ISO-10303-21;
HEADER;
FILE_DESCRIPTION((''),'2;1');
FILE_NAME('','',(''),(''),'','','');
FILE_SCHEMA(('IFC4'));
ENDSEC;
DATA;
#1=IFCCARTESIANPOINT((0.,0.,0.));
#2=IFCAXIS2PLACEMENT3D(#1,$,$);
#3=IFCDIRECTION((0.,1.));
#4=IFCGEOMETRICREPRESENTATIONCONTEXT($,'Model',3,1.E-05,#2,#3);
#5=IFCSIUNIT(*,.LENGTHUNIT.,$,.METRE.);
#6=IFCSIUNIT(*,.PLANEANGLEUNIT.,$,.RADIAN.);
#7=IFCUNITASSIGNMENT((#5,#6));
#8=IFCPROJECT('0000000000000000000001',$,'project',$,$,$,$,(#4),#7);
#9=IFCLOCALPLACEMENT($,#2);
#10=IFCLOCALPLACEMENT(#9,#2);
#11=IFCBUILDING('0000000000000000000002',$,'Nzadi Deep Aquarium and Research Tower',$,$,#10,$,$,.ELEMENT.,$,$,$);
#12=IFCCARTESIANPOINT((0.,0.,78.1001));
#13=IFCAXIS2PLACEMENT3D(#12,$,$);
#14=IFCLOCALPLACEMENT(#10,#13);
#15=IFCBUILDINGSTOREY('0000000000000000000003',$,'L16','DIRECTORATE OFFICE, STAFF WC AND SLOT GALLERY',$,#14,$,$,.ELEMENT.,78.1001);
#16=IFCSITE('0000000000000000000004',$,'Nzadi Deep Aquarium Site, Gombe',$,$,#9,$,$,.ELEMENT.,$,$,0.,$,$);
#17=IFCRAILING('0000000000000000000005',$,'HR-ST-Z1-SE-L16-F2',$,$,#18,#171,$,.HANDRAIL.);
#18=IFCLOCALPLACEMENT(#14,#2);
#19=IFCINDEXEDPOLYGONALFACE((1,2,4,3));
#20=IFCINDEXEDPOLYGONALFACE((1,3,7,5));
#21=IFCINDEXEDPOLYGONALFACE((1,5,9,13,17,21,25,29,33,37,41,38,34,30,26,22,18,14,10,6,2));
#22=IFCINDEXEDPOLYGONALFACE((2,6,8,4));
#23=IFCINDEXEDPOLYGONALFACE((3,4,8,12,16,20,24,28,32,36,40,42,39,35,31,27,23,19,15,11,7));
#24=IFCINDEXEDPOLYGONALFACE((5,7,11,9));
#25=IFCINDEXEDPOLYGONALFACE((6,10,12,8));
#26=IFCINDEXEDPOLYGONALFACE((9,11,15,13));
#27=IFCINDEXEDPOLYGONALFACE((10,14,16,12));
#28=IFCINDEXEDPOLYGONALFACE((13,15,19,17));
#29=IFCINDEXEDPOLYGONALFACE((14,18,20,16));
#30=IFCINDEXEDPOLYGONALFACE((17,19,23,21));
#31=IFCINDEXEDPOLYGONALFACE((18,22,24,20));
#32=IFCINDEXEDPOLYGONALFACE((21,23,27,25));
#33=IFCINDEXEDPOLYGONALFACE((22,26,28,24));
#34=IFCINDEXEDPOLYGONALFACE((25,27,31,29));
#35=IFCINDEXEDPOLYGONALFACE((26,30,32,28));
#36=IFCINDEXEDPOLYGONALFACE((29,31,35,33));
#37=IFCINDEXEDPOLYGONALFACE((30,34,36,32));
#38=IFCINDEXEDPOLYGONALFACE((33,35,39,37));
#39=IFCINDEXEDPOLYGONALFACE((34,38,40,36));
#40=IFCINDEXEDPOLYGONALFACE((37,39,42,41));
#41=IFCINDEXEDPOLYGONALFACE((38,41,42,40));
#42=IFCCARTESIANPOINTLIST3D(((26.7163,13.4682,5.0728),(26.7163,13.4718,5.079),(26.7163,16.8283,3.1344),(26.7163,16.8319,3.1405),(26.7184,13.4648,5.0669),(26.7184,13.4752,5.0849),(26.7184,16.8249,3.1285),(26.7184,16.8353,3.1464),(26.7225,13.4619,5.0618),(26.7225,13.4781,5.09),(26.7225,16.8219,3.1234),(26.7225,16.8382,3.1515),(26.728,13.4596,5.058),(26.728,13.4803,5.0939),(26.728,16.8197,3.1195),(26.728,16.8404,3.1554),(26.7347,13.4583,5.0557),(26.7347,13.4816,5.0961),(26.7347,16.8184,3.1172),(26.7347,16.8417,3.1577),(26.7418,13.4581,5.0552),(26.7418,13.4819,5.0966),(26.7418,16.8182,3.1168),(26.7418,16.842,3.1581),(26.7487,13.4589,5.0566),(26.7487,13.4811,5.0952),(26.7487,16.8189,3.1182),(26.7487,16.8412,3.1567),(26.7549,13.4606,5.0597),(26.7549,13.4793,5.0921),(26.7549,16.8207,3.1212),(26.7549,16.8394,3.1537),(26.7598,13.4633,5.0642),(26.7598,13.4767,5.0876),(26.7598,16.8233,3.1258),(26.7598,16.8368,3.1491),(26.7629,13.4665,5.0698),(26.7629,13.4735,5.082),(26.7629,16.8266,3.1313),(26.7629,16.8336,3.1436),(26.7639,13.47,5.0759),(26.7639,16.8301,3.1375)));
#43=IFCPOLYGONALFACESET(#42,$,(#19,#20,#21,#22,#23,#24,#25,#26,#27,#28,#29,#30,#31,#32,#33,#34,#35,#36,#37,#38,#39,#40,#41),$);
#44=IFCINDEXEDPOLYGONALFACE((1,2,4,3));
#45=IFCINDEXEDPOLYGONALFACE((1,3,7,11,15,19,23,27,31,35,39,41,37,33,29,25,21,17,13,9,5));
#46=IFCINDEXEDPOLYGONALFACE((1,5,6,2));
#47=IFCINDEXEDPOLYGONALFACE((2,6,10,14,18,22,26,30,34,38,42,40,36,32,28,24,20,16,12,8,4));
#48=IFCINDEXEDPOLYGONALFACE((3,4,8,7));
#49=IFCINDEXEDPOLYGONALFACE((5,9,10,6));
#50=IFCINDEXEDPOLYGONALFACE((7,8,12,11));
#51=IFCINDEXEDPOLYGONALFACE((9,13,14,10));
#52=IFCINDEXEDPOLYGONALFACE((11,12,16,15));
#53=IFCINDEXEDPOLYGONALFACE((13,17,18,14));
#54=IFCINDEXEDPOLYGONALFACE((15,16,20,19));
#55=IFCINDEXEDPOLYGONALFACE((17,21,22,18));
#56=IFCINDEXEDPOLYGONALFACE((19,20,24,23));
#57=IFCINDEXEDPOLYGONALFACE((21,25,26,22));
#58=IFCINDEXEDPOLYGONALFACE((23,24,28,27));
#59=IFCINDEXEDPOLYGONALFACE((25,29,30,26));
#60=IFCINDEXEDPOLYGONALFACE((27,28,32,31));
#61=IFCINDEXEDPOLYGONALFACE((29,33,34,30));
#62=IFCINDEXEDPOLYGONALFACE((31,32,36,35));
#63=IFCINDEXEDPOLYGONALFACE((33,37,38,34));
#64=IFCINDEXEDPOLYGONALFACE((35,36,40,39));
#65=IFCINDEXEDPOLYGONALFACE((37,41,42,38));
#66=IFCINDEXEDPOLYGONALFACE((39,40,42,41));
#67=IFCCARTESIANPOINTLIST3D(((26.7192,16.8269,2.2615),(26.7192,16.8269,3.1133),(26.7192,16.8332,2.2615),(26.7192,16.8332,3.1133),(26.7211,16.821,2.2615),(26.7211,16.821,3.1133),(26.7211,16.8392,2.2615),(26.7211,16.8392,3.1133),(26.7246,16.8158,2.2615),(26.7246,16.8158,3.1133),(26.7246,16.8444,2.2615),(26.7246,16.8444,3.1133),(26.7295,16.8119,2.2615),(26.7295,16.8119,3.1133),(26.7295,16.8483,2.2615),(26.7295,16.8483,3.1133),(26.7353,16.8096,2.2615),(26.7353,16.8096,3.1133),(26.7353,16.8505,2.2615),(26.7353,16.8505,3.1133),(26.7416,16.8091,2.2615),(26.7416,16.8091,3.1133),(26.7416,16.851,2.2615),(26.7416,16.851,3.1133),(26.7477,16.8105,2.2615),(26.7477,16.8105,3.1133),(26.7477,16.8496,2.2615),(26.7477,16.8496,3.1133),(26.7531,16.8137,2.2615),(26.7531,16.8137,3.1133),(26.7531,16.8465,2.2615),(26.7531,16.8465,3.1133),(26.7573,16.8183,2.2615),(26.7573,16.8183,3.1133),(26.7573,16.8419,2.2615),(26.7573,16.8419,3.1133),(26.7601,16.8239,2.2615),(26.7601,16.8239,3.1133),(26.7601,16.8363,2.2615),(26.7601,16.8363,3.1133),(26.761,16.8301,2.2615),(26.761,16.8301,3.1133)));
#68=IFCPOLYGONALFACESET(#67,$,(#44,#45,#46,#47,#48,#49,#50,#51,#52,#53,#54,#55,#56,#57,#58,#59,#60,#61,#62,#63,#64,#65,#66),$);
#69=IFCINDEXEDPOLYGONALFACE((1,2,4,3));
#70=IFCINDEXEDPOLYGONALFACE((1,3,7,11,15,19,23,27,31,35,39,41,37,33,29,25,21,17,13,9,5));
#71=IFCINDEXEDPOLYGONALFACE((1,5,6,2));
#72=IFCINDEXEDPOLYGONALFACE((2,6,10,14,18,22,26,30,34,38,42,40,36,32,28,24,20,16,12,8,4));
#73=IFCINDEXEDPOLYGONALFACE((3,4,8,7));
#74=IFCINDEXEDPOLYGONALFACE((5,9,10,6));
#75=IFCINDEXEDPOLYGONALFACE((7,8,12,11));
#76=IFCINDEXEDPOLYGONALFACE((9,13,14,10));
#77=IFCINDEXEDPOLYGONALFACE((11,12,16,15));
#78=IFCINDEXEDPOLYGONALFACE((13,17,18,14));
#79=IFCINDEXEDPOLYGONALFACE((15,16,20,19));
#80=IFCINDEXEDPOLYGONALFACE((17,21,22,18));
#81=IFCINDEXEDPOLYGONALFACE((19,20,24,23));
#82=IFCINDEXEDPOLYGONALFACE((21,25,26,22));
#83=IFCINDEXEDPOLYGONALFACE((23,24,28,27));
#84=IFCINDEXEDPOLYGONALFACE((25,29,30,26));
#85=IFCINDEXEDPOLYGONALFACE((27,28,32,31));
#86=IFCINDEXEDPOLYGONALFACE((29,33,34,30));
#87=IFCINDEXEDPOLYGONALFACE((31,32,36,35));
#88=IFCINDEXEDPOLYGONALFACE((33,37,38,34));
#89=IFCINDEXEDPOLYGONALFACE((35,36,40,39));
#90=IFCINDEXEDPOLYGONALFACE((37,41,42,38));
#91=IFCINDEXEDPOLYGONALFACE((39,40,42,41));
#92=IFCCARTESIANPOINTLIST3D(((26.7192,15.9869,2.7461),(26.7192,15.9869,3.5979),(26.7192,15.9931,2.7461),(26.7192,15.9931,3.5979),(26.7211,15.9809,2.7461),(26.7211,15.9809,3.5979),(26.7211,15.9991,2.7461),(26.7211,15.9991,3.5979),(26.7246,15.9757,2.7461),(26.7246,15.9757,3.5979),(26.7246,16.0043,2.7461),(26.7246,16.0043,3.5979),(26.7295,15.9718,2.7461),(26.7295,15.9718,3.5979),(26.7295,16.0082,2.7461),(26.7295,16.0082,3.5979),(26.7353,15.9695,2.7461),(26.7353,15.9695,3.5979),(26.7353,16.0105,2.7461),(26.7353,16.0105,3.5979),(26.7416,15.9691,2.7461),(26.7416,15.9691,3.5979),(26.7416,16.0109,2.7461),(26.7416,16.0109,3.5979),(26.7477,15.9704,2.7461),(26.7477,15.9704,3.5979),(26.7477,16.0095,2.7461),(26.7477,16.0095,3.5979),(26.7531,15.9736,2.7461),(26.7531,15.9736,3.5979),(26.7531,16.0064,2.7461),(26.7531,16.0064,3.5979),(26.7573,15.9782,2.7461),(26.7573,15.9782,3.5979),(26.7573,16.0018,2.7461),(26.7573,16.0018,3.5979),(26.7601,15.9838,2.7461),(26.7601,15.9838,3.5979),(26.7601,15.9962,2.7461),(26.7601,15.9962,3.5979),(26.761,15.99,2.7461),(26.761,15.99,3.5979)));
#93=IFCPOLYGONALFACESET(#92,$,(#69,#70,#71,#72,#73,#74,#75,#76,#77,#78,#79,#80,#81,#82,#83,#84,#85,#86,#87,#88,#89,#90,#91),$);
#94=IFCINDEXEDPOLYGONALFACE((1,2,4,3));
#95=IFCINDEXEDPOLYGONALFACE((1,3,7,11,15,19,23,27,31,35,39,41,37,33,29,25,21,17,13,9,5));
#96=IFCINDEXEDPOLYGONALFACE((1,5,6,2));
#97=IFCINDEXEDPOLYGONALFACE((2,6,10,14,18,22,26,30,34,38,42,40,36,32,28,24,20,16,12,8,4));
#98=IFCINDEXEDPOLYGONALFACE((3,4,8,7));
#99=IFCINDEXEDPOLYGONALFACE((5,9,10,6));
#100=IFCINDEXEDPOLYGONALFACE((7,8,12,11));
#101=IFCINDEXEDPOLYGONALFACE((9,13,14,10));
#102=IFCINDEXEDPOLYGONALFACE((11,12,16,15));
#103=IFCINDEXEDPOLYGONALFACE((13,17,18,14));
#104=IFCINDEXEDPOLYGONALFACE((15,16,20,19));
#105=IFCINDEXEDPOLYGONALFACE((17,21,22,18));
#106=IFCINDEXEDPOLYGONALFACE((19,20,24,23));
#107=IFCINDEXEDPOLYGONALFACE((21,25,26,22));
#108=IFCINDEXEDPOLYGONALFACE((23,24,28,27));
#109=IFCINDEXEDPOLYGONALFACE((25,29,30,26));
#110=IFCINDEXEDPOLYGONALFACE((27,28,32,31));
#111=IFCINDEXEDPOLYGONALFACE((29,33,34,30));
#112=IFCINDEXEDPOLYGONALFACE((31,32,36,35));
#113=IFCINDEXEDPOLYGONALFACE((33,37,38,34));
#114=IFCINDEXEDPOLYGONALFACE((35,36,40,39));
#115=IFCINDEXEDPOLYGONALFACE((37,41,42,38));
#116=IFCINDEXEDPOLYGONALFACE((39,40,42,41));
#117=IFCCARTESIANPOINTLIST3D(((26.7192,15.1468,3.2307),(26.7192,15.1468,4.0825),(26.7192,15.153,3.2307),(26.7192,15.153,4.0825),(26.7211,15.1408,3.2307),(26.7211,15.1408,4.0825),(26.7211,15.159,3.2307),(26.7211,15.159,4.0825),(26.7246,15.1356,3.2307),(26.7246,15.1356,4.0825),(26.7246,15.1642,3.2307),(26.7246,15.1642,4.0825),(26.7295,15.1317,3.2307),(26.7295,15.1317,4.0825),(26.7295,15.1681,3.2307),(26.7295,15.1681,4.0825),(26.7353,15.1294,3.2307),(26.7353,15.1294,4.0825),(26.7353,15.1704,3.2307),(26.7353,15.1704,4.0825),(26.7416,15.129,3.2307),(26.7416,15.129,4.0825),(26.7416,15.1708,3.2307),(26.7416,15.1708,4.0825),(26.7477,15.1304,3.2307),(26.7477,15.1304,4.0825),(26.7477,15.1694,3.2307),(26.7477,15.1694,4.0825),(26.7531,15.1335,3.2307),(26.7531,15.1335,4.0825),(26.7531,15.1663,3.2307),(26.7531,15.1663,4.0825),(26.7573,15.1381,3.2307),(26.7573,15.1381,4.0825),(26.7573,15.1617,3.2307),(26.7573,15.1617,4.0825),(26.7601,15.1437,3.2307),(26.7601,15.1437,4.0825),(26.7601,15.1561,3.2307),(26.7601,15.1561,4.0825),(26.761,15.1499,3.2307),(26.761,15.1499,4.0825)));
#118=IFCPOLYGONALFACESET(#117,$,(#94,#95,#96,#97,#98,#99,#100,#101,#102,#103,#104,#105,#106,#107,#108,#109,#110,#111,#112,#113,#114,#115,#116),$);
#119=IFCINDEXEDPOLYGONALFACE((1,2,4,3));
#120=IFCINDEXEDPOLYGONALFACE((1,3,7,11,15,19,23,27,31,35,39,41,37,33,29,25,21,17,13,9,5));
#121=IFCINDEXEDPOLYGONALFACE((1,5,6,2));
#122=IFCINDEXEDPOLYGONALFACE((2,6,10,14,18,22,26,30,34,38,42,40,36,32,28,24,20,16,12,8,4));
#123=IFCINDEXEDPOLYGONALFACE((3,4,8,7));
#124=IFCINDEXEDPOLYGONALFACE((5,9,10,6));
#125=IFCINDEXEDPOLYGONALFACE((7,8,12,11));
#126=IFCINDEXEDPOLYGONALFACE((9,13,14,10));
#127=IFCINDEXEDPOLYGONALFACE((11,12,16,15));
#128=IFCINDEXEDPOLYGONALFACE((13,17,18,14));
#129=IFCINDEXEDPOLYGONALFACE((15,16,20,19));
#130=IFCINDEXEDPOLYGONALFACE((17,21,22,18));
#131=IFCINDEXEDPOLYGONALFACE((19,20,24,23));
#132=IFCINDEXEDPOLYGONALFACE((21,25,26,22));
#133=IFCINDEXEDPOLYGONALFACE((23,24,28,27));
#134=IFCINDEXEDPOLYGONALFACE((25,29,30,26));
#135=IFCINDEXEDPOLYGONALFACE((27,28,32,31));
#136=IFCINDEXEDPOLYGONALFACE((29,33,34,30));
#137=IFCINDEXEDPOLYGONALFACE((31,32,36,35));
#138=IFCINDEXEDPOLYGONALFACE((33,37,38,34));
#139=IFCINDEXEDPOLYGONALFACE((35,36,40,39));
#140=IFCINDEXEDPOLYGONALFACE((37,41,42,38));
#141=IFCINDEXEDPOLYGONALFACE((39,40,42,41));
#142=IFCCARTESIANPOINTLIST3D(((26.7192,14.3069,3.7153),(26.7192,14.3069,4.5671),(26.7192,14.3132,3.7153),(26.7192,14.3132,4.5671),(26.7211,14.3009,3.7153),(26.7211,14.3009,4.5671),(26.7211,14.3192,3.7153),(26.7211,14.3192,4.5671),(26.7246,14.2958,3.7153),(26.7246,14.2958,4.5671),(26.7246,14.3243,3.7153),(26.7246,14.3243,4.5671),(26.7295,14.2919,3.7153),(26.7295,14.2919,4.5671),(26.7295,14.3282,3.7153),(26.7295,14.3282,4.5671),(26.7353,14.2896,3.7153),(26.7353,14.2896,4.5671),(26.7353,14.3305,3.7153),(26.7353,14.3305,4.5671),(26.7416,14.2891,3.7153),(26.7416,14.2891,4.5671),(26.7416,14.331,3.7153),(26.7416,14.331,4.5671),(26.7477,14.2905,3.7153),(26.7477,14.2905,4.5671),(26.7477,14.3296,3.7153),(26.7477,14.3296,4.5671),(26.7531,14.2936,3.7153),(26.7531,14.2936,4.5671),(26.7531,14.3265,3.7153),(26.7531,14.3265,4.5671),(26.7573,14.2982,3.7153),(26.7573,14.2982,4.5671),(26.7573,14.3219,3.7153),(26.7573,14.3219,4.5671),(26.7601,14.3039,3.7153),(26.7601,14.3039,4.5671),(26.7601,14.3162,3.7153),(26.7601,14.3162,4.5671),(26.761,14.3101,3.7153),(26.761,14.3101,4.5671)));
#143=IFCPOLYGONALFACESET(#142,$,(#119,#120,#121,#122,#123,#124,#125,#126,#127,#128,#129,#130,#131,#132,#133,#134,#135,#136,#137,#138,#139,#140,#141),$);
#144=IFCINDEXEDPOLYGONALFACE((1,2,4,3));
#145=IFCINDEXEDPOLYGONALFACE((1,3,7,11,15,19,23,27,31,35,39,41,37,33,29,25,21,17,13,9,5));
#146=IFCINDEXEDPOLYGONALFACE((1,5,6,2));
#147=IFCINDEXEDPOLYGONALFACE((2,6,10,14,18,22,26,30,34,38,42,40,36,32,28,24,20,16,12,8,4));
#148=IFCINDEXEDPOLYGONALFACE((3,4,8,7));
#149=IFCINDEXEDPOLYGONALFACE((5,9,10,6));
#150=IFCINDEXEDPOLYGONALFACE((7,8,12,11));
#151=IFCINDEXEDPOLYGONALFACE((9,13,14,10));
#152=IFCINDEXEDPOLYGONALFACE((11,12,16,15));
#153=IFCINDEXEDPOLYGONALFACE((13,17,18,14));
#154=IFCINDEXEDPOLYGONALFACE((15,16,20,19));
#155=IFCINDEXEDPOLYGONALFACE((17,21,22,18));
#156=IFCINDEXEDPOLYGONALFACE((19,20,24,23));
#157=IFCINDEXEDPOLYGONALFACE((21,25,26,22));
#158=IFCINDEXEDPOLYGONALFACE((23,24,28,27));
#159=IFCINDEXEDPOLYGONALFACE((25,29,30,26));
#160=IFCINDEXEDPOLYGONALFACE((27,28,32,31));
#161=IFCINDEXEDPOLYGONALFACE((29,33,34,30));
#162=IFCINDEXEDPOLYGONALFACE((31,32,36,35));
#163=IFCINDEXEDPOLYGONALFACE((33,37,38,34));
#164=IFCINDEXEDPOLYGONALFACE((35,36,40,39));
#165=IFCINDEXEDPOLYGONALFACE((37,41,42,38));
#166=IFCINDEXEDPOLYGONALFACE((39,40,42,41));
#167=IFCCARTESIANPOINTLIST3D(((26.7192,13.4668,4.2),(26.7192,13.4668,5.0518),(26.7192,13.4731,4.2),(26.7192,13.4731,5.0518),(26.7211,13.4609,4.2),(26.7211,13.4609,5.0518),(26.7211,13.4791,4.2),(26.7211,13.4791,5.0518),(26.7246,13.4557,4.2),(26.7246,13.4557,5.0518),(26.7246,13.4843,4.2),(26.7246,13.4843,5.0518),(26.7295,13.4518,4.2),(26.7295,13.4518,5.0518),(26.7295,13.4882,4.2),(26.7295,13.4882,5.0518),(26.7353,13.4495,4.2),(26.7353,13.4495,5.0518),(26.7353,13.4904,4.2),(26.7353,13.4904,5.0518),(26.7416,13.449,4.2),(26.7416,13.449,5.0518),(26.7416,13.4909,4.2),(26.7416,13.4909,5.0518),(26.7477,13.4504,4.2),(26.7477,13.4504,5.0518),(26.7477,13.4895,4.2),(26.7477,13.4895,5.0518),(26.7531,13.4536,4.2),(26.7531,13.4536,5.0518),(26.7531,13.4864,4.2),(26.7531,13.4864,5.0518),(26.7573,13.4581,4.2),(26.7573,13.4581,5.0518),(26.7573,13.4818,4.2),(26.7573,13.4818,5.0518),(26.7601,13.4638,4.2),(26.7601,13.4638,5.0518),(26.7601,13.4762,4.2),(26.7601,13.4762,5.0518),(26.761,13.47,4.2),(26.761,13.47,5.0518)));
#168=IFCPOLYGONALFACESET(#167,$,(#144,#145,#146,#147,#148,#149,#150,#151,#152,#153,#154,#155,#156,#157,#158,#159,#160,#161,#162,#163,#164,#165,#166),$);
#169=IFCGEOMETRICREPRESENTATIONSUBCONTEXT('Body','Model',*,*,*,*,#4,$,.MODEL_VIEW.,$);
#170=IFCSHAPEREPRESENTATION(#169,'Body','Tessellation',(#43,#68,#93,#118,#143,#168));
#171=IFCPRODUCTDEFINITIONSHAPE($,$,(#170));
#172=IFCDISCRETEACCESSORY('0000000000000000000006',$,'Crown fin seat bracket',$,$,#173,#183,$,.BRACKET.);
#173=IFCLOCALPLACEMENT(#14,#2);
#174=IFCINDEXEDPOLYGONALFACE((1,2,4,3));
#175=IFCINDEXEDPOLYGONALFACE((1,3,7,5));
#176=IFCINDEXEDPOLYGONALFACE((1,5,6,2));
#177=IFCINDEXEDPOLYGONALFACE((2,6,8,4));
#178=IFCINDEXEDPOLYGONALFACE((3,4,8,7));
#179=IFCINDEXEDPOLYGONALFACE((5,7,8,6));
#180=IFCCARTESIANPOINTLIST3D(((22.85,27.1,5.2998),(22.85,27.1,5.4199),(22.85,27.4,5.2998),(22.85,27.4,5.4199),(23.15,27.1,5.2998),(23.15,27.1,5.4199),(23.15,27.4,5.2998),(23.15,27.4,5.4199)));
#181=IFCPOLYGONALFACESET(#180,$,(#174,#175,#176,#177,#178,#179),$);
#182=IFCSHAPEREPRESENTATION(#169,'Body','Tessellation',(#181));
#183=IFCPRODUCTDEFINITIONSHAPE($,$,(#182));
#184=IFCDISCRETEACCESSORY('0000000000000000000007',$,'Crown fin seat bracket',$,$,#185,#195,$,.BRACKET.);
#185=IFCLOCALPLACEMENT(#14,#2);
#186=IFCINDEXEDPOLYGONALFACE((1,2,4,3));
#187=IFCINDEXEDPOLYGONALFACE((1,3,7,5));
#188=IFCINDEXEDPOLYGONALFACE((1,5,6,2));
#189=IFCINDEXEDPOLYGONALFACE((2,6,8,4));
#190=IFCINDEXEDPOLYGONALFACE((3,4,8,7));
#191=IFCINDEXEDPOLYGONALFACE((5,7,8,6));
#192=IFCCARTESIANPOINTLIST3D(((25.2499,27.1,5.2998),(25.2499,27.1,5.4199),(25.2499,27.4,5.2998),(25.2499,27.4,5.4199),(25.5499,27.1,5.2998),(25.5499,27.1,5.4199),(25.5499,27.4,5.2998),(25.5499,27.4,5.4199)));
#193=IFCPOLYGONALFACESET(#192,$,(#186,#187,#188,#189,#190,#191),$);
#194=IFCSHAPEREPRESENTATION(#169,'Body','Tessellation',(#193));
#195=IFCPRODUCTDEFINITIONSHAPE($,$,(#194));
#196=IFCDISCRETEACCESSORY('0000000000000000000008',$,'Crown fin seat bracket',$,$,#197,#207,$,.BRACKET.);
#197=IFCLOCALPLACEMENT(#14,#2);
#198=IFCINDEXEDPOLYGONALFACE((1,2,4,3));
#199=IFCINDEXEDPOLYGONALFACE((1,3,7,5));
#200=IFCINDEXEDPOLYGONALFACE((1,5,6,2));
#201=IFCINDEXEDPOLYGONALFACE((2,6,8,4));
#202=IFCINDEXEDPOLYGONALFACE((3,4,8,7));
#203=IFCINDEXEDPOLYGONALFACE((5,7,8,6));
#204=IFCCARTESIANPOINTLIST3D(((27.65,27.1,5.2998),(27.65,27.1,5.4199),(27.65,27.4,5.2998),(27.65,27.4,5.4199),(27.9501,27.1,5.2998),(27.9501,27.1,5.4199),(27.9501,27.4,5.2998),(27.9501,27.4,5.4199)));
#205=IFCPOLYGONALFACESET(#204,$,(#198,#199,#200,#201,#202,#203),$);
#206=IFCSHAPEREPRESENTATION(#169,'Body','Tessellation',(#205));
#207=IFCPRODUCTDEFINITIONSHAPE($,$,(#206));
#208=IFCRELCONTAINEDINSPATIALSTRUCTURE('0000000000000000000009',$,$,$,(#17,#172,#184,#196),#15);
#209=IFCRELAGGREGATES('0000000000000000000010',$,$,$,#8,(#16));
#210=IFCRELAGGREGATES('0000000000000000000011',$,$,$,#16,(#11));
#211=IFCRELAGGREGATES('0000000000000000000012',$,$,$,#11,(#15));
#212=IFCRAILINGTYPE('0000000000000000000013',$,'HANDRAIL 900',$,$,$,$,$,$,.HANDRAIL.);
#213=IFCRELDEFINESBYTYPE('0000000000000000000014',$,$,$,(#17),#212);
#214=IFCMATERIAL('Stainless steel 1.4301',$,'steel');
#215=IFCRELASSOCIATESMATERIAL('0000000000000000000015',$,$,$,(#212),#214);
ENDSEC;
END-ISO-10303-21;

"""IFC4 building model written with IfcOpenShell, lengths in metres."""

from ifc_helpers import new_model, si_unit, direction, frame, origin, origin_2d, place, context, subcontext, project, spatial, rectangle, circle, extrude, material, type_object, element, save


model = new_model("IFC4")

# Units and contexts
model_context = context("Model", 3, precision=1e-05, world=origin(), true_north=direction((0.0, 1.0)))
body_context = subcontext(model_context, "Body", "Model", "MODEL_VIEW")
ifc_project = project(units=[si_unit("LENGTHUNIT", "METRE"), si_unit("PLANEANGLEUNIT", "RADIAN")], contexts=[model_context])

# Site, building, storey
site_placement = place(None, origin())
site = spatial("IfcSite", under=ifc_project, at=site_placement, Name="Nzadi Deep Aquarium Site, Gombe", CompositionType="ELEMENT", RefElevation=0.0)
building_placement = place(site_placement, origin())
building = spatial("IfcBuilding", under=site, at=building_placement, Name="Nzadi Deep Aquarium and Research Tower", CompositionType="ELEMENT")
storey_placement = place(building_placement, frame((0.0, 0.0, 78.1001)))
storey = spatial("IfcBuildingStorey", under=building, at=storey_placement, Name="L16", Description="DIRECTORATE OFFICE, STAFF WC AND SLOT GALLERY", CompositionType="ELEMENT", Elevation=78.1001)

# Railing
ifc_material_1 = material(Name="Stainless steel 1.4301", Category="steel")
railing_type = type_object("IfcRailingType", Name="HANDRAIL 900", PredefinedType="HANDRAIL", material=ifc_material_1)
railing_placement = place(storey_placement, frame((26.74, 16.8301, 2.2615)))
element("IfcRailing", 1, at=railing_placement, inside=storey, type_object=railing_type, Name="HR-ST-Z1-SE-L16-F2", PredefinedType="HANDRAIL", context=body_context, shape_type="SweptSolid", body=[
    extrude(circle(Radius=0.0239, at=origin_2d()), frame((0.0, 0.0, 0.876), z_axis=(0.0, -0.866191, 0.499713), x_axis=(1.0, 0.0, 0.0)), (0.0, 0.0, 1.0), 3.8792),
    extrude(circle(Radius=0.021, at=origin_2d()), origin(), (0.0, 0.0, 1.0), 0.8518),
    extrude(circle(Radius=0.021, at=origin_2d()), frame((0.0, -0.8401, 0.4846)), (0.0, 0.0, 1.0), 0.8518),
    extrude(circle(Radius=0.021, at=origin_2d()), frame((0.0, -1.6802, 0.9692)), (0.0, 0.0, 1.0), 0.8518),
    extrude(circle(Radius=0.021, at=origin_2d()), frame((0.0, -2.52, 1.4539)), (0.0, 0.0, 1.0), 0.8518),
    extrude(circle(Radius=0.021, at=origin_2d()), frame((0.0, -3.3601, 1.9385)), (0.0, 0.0, 1.0), 0.8518),
])

# Discrete accessories
for number, where, z_axis, x_axis, name in (
    (2, (23.0, 27.25, 5.2998), (0.0, 0.0, 1.0), (1.0, 0.0, 0.0), "Crown fin seat bracket"),
    (3, (25.3999, 27.25, 5.2998), (0.0, 0.0, 1.0), (1.0, 0.0, 0.0), "Crown fin seat bracket"),
    (4, (27.8, 27.25, 5.2998), (0.0, 0.0, 1.0), (1.0, 0.0, 0.0), "Crown fin seat bracket"),
):
    element("IfcDiscreteAccessory", number, at=place(storey_placement, frame(where, z_axis=z_axis, x_axis=x_axis)), inside=storey, Name=name, PredefinedType="BRACKET", context=body_context, shape_type="SweptSolid", body=[
        extrude(rectangle(XDim=0.3, YDim=0.3, at=origin_2d()), origin(), (0.0, 0.0, 1.0), 0.1201),
    ])

save(model, "model.ifc")
